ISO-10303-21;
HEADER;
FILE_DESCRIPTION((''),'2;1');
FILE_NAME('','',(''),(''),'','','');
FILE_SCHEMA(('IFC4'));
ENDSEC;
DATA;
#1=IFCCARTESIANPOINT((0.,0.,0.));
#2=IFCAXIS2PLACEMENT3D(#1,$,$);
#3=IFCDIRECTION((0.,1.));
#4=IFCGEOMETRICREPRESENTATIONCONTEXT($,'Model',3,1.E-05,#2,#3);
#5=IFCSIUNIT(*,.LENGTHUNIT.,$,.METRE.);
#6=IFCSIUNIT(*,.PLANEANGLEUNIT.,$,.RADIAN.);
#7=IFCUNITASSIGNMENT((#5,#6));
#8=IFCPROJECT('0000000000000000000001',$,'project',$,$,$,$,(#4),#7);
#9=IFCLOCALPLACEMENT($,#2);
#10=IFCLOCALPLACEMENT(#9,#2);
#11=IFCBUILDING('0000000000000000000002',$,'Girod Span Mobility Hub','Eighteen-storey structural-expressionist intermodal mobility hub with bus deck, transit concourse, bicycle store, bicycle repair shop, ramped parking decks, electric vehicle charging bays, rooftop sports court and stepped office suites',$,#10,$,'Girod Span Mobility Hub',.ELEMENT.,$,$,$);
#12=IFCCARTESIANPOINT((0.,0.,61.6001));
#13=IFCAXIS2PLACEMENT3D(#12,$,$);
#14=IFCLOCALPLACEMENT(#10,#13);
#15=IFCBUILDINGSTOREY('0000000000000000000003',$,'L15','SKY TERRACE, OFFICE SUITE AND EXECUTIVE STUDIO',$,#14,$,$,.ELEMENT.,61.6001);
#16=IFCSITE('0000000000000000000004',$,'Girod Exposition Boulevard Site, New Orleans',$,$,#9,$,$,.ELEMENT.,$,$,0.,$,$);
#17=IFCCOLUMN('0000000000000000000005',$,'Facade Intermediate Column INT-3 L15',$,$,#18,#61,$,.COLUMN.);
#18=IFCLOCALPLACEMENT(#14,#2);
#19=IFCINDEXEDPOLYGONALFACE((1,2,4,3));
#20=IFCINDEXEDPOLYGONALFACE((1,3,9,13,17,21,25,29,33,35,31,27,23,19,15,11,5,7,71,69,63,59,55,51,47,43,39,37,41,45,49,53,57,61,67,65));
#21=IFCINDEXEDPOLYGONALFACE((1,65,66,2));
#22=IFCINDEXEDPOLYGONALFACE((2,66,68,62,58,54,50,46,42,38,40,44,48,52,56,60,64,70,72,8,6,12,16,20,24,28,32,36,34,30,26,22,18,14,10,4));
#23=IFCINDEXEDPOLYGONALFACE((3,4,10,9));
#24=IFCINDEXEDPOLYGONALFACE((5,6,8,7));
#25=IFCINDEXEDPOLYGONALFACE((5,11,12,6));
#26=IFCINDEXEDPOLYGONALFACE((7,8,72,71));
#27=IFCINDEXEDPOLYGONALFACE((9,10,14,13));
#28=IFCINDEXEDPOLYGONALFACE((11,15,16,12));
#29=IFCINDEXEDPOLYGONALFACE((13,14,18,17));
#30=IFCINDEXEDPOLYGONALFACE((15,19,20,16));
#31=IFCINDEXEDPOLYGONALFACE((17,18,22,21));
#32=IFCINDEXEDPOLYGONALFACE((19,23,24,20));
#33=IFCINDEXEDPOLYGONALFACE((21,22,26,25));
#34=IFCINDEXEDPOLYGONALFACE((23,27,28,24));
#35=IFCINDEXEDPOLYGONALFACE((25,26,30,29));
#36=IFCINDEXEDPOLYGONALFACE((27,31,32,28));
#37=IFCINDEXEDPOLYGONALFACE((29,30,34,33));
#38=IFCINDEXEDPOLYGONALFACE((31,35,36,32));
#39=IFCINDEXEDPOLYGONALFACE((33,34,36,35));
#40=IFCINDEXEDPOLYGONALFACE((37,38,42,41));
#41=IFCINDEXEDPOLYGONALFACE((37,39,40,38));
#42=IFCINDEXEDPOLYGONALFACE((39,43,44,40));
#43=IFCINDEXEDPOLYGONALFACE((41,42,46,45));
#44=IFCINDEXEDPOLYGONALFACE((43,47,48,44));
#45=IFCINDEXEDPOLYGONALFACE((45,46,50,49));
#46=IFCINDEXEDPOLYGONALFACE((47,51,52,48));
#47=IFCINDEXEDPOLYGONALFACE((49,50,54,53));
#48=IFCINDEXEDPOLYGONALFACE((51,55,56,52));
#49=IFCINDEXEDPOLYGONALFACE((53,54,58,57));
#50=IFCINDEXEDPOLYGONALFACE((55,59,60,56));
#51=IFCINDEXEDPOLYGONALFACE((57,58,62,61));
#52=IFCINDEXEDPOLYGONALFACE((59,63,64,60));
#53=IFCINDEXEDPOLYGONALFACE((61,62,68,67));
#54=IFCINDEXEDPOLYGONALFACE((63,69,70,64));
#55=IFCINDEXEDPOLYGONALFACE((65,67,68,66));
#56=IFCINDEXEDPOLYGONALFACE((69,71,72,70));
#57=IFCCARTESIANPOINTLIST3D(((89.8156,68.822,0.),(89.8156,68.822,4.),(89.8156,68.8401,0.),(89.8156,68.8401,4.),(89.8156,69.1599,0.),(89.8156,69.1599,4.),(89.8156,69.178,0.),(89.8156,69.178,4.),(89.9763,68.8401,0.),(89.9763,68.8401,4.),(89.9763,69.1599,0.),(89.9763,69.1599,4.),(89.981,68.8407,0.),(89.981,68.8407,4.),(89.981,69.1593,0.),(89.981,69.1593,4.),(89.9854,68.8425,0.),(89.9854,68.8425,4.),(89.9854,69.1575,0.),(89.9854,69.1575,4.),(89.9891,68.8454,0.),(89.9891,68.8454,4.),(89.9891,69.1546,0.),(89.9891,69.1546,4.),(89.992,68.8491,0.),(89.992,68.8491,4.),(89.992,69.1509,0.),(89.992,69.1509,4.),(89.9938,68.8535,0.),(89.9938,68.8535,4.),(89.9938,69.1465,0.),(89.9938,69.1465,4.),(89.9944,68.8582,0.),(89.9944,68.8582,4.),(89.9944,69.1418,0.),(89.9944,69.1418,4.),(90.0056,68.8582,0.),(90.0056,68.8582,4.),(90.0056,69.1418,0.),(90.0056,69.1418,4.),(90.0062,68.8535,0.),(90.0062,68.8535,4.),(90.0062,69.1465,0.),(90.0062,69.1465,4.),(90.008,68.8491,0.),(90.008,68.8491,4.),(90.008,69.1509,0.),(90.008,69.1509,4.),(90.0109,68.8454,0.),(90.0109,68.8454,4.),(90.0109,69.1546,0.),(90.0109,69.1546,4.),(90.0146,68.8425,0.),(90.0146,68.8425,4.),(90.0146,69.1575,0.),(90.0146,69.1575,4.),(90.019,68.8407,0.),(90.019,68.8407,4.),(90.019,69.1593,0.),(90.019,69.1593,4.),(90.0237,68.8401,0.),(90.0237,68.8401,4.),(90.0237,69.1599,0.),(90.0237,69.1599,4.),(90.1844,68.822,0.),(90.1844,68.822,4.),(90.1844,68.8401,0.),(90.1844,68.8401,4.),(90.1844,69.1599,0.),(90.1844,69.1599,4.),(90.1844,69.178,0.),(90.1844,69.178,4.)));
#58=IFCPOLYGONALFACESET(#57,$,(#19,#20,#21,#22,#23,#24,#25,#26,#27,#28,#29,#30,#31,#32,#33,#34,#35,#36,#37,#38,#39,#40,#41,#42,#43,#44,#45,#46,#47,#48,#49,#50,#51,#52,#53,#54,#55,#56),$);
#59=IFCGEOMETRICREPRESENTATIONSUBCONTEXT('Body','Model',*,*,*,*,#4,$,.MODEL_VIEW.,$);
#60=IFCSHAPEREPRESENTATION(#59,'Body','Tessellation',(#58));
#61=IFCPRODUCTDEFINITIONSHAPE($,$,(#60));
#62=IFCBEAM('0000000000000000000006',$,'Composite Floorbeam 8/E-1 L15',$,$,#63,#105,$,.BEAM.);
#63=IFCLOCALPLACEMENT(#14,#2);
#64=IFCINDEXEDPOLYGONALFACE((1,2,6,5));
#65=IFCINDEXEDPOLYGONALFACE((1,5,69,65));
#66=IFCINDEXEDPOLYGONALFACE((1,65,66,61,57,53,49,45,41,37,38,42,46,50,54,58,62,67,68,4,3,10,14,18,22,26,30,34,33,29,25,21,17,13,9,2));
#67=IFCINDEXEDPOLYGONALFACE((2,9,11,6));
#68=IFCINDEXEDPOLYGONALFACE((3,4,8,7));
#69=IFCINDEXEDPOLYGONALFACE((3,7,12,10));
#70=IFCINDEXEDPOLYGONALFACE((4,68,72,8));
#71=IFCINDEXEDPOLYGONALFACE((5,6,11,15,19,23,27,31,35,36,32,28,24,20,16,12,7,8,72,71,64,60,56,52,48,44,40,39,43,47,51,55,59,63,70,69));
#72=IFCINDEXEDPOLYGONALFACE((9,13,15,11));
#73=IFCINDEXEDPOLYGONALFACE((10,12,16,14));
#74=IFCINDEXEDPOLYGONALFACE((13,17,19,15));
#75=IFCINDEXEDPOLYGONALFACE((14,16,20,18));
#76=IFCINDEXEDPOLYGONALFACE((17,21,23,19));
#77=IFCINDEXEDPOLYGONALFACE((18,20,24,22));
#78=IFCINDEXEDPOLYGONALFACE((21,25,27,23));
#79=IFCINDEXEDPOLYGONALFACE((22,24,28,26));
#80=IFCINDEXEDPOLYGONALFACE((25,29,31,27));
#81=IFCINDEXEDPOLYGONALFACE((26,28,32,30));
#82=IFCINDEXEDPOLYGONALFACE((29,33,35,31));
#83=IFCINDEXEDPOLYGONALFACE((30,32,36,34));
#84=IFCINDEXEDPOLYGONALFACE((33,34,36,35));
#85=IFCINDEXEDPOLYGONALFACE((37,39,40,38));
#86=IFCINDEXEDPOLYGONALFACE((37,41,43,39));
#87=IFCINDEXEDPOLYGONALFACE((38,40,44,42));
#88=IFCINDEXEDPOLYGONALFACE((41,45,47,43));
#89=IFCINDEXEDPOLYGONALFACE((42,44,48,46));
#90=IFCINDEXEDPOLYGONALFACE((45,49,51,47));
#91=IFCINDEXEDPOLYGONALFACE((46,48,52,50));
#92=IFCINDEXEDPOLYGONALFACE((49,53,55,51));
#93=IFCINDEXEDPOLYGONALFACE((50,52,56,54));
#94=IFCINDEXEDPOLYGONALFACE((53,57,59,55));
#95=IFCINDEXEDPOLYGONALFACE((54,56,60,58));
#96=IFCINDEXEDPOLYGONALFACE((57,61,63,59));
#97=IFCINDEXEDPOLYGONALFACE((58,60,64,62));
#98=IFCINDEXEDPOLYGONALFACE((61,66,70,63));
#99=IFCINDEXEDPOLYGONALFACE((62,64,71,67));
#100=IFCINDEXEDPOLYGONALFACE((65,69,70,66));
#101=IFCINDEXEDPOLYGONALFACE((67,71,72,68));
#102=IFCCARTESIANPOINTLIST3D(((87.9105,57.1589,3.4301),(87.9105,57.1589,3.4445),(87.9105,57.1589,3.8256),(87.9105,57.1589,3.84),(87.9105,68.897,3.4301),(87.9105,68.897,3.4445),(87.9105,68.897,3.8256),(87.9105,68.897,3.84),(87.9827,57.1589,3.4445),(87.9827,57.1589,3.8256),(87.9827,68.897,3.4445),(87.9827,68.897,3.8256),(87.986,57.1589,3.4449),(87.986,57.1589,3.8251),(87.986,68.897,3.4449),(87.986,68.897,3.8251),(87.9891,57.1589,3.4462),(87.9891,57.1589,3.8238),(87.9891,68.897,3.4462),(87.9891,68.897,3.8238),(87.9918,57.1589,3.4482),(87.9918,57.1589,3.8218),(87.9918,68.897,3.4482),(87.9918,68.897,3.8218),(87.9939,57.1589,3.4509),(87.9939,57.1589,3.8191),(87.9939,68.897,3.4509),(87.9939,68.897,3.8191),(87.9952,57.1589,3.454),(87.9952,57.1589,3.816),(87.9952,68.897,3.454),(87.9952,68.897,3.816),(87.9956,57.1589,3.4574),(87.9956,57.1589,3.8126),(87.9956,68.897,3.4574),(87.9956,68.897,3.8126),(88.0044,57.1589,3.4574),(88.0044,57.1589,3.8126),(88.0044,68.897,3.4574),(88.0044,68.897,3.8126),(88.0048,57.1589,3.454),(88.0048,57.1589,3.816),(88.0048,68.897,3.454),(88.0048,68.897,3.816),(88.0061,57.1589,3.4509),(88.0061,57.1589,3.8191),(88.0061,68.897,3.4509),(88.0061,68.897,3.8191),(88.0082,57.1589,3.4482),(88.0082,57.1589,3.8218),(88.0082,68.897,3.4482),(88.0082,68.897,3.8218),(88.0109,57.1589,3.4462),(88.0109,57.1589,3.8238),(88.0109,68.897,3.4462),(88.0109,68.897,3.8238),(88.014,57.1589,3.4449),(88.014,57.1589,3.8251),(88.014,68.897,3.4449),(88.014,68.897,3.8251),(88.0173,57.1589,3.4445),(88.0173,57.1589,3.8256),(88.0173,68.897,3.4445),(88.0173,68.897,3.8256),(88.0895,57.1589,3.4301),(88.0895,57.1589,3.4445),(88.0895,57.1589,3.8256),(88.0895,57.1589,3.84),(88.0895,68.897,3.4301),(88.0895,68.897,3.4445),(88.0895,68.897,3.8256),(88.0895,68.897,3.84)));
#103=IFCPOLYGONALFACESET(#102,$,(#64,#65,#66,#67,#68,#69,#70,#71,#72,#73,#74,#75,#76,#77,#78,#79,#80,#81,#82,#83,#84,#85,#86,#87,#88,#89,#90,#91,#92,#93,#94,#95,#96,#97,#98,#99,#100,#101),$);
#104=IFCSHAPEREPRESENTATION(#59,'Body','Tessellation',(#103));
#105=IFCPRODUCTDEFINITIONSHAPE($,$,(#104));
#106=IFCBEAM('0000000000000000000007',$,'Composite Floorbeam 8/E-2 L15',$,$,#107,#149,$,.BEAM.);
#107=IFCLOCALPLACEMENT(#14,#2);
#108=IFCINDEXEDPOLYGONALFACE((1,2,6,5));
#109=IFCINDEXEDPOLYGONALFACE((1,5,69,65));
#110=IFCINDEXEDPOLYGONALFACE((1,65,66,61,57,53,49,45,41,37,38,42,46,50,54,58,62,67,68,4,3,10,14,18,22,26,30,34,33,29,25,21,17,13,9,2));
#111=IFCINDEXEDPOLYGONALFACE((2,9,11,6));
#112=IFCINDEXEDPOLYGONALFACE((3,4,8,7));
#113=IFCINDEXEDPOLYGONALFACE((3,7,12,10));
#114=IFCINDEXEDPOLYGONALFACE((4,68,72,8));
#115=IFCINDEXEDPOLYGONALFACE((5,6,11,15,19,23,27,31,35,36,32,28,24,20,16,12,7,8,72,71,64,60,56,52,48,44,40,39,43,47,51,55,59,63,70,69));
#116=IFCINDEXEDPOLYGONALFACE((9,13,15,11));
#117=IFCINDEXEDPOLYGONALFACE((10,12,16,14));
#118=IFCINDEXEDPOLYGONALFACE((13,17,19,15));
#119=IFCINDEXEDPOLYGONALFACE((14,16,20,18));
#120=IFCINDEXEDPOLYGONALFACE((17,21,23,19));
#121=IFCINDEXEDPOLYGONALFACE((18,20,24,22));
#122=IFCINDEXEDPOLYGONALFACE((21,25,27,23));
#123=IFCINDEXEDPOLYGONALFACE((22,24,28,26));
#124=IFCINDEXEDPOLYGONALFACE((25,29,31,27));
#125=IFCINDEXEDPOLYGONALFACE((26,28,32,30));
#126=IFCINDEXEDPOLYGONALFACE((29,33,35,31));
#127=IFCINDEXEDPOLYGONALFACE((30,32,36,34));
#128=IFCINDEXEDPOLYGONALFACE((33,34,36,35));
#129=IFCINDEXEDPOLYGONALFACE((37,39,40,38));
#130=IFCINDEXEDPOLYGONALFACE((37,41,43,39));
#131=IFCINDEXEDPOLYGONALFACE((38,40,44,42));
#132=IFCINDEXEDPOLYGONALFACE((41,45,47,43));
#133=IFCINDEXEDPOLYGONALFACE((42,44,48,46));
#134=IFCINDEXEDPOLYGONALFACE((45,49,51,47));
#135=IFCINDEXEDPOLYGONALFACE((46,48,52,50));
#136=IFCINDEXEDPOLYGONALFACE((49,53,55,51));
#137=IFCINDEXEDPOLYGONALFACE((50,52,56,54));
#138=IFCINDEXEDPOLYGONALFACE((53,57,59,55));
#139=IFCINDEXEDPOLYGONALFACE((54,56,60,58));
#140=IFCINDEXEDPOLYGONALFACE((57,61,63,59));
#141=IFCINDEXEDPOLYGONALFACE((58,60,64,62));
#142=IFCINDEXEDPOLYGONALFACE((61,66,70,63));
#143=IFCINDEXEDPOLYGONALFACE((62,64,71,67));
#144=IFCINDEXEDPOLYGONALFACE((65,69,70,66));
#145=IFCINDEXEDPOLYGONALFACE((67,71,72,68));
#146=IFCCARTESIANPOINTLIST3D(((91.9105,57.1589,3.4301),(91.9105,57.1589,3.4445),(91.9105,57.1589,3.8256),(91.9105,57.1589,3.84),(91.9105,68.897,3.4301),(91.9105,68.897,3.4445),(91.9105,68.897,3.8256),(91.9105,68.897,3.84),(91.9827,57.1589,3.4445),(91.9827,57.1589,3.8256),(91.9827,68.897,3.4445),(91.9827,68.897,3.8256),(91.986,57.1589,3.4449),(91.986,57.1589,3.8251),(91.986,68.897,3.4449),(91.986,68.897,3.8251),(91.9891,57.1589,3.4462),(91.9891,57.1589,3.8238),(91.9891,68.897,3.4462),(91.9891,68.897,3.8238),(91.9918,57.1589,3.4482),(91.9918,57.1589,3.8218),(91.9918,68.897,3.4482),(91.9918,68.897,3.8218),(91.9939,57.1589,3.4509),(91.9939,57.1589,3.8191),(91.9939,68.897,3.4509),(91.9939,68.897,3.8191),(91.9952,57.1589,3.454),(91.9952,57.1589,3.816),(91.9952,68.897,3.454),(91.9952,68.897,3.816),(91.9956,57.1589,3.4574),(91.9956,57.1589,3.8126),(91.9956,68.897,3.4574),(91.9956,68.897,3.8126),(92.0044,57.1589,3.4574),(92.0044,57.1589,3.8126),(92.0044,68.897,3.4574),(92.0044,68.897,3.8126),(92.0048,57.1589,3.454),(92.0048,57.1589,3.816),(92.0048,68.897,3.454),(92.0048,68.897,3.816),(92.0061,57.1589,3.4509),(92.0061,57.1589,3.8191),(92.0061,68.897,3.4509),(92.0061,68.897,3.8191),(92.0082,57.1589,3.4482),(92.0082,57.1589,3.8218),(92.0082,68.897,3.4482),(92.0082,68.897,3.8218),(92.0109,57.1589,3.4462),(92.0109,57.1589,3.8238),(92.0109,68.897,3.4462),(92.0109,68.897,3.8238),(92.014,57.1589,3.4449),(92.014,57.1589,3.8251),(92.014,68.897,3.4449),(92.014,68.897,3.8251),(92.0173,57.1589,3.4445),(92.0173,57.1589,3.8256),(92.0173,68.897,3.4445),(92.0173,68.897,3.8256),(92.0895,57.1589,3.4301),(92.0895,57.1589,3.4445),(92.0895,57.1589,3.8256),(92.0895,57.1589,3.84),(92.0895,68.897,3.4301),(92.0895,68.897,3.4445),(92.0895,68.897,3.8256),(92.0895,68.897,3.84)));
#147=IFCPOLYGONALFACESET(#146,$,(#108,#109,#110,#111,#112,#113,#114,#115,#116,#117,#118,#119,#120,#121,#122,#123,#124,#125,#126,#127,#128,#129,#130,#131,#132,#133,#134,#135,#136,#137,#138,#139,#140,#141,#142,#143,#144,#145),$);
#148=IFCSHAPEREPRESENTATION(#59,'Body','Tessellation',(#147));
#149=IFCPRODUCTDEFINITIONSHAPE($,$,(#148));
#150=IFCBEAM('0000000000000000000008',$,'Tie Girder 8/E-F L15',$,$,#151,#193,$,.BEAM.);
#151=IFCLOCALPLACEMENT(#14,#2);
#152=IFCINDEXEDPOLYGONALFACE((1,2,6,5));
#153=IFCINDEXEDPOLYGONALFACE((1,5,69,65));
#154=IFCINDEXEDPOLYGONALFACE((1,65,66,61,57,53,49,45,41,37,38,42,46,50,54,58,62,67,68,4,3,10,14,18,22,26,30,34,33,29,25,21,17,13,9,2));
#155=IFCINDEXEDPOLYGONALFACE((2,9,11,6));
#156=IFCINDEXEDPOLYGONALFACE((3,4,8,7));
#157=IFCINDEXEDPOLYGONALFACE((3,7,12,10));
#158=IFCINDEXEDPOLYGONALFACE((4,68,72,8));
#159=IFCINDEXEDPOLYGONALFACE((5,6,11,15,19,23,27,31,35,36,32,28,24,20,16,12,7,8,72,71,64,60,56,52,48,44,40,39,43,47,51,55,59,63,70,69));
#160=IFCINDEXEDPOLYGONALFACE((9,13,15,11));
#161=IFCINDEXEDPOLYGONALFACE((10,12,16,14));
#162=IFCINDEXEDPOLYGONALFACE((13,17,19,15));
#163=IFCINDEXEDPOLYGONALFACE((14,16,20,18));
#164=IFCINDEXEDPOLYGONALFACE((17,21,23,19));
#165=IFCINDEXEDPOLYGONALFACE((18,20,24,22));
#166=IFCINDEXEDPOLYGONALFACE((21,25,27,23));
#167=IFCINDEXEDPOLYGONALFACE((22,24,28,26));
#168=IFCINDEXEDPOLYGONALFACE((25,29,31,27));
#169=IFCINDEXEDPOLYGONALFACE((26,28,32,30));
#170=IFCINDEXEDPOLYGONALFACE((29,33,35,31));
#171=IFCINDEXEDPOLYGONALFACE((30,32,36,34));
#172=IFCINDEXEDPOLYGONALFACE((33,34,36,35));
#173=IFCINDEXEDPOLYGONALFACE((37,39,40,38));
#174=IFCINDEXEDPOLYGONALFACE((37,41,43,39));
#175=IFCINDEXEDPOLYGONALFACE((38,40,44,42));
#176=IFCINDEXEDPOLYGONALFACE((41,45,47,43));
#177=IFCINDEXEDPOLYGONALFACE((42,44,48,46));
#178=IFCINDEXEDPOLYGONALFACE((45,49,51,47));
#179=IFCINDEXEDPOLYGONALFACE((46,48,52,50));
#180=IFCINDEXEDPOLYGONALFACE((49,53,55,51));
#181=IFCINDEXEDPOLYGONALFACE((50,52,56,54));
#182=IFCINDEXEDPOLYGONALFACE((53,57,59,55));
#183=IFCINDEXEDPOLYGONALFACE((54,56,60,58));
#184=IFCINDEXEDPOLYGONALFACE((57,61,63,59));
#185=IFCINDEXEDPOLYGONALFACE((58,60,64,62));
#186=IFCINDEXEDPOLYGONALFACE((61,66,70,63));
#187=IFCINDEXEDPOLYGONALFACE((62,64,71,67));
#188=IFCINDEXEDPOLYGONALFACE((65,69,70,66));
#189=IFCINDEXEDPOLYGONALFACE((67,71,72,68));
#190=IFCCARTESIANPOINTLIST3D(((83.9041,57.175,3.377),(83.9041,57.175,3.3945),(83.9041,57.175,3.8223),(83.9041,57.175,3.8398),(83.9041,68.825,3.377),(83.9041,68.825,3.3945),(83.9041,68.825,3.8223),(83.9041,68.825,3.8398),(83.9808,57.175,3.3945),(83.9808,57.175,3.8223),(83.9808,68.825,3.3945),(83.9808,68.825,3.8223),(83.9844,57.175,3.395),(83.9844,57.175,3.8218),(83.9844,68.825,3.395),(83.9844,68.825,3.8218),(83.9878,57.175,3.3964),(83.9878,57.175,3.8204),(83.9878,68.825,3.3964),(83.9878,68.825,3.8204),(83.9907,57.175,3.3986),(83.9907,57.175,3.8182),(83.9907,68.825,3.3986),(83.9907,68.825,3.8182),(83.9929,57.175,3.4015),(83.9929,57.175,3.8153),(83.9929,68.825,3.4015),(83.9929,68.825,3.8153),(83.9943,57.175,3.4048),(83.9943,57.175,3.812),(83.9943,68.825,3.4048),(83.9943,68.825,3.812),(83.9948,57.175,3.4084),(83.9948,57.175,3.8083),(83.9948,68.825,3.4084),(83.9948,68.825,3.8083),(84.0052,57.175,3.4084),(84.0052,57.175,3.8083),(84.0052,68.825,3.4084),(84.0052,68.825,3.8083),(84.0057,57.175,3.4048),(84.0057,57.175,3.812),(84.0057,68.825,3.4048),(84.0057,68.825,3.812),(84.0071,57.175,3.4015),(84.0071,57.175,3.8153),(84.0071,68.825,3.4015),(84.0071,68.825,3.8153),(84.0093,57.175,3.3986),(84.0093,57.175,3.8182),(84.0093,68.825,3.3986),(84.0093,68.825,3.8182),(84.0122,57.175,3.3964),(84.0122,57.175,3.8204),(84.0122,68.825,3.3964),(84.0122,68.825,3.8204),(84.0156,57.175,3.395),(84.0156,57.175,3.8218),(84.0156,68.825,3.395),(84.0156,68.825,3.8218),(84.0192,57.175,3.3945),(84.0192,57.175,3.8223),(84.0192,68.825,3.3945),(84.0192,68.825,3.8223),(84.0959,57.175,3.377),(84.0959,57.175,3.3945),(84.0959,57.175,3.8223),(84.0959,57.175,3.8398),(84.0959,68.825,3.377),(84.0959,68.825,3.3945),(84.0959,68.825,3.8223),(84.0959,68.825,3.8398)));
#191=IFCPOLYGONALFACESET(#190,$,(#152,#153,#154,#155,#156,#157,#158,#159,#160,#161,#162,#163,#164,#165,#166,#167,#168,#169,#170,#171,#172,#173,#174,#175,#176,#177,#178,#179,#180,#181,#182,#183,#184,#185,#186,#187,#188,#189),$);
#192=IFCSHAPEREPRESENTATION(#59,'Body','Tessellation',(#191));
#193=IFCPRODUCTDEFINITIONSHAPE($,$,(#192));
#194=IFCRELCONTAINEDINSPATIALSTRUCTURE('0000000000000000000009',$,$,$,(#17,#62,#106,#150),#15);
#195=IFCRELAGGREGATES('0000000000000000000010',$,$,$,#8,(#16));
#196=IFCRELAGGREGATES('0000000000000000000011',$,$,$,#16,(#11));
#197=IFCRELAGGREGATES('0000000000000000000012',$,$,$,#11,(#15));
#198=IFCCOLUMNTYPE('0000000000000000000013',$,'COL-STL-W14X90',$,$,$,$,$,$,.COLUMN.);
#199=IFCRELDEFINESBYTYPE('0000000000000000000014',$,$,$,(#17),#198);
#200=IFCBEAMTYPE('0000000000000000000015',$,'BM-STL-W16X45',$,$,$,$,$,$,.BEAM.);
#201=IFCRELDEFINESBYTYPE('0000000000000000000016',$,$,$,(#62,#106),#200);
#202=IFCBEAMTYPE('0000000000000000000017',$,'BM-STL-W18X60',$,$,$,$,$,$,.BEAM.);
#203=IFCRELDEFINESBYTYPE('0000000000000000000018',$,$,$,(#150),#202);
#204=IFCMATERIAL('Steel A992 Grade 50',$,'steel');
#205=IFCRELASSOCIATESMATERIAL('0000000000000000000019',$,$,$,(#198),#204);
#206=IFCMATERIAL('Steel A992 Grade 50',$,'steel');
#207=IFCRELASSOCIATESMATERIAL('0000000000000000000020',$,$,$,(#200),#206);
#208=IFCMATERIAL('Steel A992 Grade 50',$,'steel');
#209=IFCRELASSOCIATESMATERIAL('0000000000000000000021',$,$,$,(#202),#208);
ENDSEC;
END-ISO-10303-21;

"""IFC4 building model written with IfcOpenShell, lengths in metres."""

from ifc_helpers import new_model, si_unit, direction, frame, origin, origin_2d, place, context, subcontext, project, spatial, i_section, extrude, material, material_profile, profile_set, type_object, element, save


model = new_model("IFC4")

# Units and contexts
model_context = context("Model", 3, precision=1e-05, world=origin(), true_north=direction((0.0, 1.0)))
body_context = subcontext(model_context, "Body", "Model", "MODEL_VIEW")
ifc_project = project(units=[si_unit("LENGTHUNIT", "METRE"), si_unit("PLANEANGLEUNIT", "RADIAN")], contexts=[model_context])

# Site, building, storey
site_placement = place(None, origin())
site = spatial("IfcSite", under=ifc_project, at=site_placement, Name="Girod Exposition Boulevard Site, New Orleans", CompositionType="ELEMENT", RefElevation=0.0)
building_placement = place(site_placement, origin())
building = spatial("IfcBuilding", under=site, at=building_placement, Name="Girod Span Mobility Hub", Description="Eighteen-storey structural-expressionist intermodal mobility hub with bus deck, transit concourse, bicycle store, bicycle repair shop, ramped parking decks, electric vehicle charging bays, rooftop sports court and stepped office suites", LongName="Girod Span Mobility Hub", CompositionType="ELEMENT")
storey_placement = place(building_placement, frame((0.0, 0.0, 61.6001)))
storey = spatial("IfcBuildingStorey", under=building, at=storey_placement, Name="L15", Description="SKY TERRACE, OFFICE SUITE AND EXECUTIVE STUDIO", CompositionType="ELEMENT", Elevation=61.6001)

# Column
ifc_material_1 = material(Name="Steel A992 Grade 50", Category="steel")
ifc_material_profile_1 = material_profile(ifc_material_1, i_section(OverallWidth=0.3689, OverallDepth=0.356, WebThickness=0.0112, FlangeThickness=0.0181, FilletRadius=0.0181, at=origin_2d()), Name="W14X90")
ifc_profile_set_1 = profile_set([ifc_material_profile_1], Name="Steel A992 Grade 50")
column_type = type_object("IfcColumnType", Name="COL-STL-W14X90", PredefinedType="COLUMN", material=ifc_profile_set_1)
for number, where, z_axis, x_axis, name in (
    (1, (90.0, 69.0, 0.0), (0.0, 0.0, 1.0), (1.0, 0.0, 0.0), "Facade Intermediate Column INT-3 L15"),
):
    element("IfcColumn", number, at=place(storey_placement, frame(where, z_axis=z_axis, x_axis=x_axis)), inside=storey, type_object=column_type, Name=name, PredefinedType="COLUMN", context=body_context, shape_type="SweptSolid", body=[
        extrude(i_section(OverallWidth=0.3689, OverallDepth=0.356, WebThickness=0.0112, FlangeThickness=0.0181, FilletRadius=0.0181, at=origin_2d()), origin(), (0.0, 0.0, 1.0), 4.0),
    ])

# Beams
ifc_material_2 = material(Name="Steel A992 Grade 50", Category="steel")
ifc_material_profile_2 = material_profile(ifc_material_2, i_section(OverallWidth=0.179, OverallDepth=0.4099, WebThickness=0.0088, FlangeThickness=0.0144, FilletRadius=0.0129, at=origin_2d()), Name="W16X45")
ifc_profile_set_2 = profile_set([ifc_material_profile_2], Name="Steel A992 Grade 50")
beam_type_1 = type_object("IfcBeamType", Name="BM-STL-W16X45", PredefinedType="BEAM", material=ifc_profile_set_2)
for number, where, z_axis, x_axis, name in (
    (2, (88.0, 57.1589, 3.635), (0.0, 1.0, 0.0), (-1.0, 0.0, 0.0), "Composite Floorbeam 8/E-1 L15"),
    (3, (92.0, 57.1589, 3.635), (0.0, 1.0, 0.0), (-1.0, 0.0, 0.0), "Composite Floorbeam 8/E-2 L15"),
):
    element("IfcBeam", number, at=place(storey_placement, frame(where, z_axis=z_axis, x_axis=x_axis)), inside=storey, type_object=beam_type_1, Name=name, PredefinedType="BEAM", context=body_context, shape_type="SweptSolid", body=[
        extrude(i_section(OverallWidth=0.179, OverallDepth=0.4099, WebThickness=0.0088, FlangeThickness=0.0144, FilletRadius=0.0129, at=origin_2d()), origin(), (0.0, 0.0, 1.0), 11.738),
    ])
ifc_material_3 = material(Name="Steel A992 Grade 50", Category="steel")
ifc_material_profile_3 = material_profile(ifc_material_3, i_section(OverallWidth=0.1919, OverallDepth=0.4629, WebThickness=0.0105, FlangeThickness=0.0176, FilletRadius=0.0139, at=origin_2d()), Name="W18X60")
ifc_profile_set_3 = profile_set([ifc_material_profile_3], Name="Steel A992 Grade 50")
beam_type_2 = type_object("IfcBeamType", Name="BM-STL-W18X60", PredefinedType="BEAM", material=ifc_profile_set_3)
for number, where, z_axis, x_axis, name in (
    (4, (84.0, 57.175, 3.6084), (0.0, 1.0, 0.0), (-1.0, 0.0, 0.0), "Tie Girder 8/E-F L15"),
):
    element("IfcBeam", number, at=place(storey_placement, frame(where, z_axis=z_axis, x_axis=x_axis)), inside=storey, type_object=beam_type_2, Name=name, PredefinedType="BEAM", context=body_context, shape_type="SweptSolid", body=[
        extrude(i_section(OverallWidth=0.1919, OverallDepth=0.4629, WebThickness=0.0105, FlangeThickness=0.0176, FilletRadius=0.0139, at=origin_2d()), origin(), (0.0, 0.0, 1.0), 11.6499),
    ])

save(model, "model.ifc")
